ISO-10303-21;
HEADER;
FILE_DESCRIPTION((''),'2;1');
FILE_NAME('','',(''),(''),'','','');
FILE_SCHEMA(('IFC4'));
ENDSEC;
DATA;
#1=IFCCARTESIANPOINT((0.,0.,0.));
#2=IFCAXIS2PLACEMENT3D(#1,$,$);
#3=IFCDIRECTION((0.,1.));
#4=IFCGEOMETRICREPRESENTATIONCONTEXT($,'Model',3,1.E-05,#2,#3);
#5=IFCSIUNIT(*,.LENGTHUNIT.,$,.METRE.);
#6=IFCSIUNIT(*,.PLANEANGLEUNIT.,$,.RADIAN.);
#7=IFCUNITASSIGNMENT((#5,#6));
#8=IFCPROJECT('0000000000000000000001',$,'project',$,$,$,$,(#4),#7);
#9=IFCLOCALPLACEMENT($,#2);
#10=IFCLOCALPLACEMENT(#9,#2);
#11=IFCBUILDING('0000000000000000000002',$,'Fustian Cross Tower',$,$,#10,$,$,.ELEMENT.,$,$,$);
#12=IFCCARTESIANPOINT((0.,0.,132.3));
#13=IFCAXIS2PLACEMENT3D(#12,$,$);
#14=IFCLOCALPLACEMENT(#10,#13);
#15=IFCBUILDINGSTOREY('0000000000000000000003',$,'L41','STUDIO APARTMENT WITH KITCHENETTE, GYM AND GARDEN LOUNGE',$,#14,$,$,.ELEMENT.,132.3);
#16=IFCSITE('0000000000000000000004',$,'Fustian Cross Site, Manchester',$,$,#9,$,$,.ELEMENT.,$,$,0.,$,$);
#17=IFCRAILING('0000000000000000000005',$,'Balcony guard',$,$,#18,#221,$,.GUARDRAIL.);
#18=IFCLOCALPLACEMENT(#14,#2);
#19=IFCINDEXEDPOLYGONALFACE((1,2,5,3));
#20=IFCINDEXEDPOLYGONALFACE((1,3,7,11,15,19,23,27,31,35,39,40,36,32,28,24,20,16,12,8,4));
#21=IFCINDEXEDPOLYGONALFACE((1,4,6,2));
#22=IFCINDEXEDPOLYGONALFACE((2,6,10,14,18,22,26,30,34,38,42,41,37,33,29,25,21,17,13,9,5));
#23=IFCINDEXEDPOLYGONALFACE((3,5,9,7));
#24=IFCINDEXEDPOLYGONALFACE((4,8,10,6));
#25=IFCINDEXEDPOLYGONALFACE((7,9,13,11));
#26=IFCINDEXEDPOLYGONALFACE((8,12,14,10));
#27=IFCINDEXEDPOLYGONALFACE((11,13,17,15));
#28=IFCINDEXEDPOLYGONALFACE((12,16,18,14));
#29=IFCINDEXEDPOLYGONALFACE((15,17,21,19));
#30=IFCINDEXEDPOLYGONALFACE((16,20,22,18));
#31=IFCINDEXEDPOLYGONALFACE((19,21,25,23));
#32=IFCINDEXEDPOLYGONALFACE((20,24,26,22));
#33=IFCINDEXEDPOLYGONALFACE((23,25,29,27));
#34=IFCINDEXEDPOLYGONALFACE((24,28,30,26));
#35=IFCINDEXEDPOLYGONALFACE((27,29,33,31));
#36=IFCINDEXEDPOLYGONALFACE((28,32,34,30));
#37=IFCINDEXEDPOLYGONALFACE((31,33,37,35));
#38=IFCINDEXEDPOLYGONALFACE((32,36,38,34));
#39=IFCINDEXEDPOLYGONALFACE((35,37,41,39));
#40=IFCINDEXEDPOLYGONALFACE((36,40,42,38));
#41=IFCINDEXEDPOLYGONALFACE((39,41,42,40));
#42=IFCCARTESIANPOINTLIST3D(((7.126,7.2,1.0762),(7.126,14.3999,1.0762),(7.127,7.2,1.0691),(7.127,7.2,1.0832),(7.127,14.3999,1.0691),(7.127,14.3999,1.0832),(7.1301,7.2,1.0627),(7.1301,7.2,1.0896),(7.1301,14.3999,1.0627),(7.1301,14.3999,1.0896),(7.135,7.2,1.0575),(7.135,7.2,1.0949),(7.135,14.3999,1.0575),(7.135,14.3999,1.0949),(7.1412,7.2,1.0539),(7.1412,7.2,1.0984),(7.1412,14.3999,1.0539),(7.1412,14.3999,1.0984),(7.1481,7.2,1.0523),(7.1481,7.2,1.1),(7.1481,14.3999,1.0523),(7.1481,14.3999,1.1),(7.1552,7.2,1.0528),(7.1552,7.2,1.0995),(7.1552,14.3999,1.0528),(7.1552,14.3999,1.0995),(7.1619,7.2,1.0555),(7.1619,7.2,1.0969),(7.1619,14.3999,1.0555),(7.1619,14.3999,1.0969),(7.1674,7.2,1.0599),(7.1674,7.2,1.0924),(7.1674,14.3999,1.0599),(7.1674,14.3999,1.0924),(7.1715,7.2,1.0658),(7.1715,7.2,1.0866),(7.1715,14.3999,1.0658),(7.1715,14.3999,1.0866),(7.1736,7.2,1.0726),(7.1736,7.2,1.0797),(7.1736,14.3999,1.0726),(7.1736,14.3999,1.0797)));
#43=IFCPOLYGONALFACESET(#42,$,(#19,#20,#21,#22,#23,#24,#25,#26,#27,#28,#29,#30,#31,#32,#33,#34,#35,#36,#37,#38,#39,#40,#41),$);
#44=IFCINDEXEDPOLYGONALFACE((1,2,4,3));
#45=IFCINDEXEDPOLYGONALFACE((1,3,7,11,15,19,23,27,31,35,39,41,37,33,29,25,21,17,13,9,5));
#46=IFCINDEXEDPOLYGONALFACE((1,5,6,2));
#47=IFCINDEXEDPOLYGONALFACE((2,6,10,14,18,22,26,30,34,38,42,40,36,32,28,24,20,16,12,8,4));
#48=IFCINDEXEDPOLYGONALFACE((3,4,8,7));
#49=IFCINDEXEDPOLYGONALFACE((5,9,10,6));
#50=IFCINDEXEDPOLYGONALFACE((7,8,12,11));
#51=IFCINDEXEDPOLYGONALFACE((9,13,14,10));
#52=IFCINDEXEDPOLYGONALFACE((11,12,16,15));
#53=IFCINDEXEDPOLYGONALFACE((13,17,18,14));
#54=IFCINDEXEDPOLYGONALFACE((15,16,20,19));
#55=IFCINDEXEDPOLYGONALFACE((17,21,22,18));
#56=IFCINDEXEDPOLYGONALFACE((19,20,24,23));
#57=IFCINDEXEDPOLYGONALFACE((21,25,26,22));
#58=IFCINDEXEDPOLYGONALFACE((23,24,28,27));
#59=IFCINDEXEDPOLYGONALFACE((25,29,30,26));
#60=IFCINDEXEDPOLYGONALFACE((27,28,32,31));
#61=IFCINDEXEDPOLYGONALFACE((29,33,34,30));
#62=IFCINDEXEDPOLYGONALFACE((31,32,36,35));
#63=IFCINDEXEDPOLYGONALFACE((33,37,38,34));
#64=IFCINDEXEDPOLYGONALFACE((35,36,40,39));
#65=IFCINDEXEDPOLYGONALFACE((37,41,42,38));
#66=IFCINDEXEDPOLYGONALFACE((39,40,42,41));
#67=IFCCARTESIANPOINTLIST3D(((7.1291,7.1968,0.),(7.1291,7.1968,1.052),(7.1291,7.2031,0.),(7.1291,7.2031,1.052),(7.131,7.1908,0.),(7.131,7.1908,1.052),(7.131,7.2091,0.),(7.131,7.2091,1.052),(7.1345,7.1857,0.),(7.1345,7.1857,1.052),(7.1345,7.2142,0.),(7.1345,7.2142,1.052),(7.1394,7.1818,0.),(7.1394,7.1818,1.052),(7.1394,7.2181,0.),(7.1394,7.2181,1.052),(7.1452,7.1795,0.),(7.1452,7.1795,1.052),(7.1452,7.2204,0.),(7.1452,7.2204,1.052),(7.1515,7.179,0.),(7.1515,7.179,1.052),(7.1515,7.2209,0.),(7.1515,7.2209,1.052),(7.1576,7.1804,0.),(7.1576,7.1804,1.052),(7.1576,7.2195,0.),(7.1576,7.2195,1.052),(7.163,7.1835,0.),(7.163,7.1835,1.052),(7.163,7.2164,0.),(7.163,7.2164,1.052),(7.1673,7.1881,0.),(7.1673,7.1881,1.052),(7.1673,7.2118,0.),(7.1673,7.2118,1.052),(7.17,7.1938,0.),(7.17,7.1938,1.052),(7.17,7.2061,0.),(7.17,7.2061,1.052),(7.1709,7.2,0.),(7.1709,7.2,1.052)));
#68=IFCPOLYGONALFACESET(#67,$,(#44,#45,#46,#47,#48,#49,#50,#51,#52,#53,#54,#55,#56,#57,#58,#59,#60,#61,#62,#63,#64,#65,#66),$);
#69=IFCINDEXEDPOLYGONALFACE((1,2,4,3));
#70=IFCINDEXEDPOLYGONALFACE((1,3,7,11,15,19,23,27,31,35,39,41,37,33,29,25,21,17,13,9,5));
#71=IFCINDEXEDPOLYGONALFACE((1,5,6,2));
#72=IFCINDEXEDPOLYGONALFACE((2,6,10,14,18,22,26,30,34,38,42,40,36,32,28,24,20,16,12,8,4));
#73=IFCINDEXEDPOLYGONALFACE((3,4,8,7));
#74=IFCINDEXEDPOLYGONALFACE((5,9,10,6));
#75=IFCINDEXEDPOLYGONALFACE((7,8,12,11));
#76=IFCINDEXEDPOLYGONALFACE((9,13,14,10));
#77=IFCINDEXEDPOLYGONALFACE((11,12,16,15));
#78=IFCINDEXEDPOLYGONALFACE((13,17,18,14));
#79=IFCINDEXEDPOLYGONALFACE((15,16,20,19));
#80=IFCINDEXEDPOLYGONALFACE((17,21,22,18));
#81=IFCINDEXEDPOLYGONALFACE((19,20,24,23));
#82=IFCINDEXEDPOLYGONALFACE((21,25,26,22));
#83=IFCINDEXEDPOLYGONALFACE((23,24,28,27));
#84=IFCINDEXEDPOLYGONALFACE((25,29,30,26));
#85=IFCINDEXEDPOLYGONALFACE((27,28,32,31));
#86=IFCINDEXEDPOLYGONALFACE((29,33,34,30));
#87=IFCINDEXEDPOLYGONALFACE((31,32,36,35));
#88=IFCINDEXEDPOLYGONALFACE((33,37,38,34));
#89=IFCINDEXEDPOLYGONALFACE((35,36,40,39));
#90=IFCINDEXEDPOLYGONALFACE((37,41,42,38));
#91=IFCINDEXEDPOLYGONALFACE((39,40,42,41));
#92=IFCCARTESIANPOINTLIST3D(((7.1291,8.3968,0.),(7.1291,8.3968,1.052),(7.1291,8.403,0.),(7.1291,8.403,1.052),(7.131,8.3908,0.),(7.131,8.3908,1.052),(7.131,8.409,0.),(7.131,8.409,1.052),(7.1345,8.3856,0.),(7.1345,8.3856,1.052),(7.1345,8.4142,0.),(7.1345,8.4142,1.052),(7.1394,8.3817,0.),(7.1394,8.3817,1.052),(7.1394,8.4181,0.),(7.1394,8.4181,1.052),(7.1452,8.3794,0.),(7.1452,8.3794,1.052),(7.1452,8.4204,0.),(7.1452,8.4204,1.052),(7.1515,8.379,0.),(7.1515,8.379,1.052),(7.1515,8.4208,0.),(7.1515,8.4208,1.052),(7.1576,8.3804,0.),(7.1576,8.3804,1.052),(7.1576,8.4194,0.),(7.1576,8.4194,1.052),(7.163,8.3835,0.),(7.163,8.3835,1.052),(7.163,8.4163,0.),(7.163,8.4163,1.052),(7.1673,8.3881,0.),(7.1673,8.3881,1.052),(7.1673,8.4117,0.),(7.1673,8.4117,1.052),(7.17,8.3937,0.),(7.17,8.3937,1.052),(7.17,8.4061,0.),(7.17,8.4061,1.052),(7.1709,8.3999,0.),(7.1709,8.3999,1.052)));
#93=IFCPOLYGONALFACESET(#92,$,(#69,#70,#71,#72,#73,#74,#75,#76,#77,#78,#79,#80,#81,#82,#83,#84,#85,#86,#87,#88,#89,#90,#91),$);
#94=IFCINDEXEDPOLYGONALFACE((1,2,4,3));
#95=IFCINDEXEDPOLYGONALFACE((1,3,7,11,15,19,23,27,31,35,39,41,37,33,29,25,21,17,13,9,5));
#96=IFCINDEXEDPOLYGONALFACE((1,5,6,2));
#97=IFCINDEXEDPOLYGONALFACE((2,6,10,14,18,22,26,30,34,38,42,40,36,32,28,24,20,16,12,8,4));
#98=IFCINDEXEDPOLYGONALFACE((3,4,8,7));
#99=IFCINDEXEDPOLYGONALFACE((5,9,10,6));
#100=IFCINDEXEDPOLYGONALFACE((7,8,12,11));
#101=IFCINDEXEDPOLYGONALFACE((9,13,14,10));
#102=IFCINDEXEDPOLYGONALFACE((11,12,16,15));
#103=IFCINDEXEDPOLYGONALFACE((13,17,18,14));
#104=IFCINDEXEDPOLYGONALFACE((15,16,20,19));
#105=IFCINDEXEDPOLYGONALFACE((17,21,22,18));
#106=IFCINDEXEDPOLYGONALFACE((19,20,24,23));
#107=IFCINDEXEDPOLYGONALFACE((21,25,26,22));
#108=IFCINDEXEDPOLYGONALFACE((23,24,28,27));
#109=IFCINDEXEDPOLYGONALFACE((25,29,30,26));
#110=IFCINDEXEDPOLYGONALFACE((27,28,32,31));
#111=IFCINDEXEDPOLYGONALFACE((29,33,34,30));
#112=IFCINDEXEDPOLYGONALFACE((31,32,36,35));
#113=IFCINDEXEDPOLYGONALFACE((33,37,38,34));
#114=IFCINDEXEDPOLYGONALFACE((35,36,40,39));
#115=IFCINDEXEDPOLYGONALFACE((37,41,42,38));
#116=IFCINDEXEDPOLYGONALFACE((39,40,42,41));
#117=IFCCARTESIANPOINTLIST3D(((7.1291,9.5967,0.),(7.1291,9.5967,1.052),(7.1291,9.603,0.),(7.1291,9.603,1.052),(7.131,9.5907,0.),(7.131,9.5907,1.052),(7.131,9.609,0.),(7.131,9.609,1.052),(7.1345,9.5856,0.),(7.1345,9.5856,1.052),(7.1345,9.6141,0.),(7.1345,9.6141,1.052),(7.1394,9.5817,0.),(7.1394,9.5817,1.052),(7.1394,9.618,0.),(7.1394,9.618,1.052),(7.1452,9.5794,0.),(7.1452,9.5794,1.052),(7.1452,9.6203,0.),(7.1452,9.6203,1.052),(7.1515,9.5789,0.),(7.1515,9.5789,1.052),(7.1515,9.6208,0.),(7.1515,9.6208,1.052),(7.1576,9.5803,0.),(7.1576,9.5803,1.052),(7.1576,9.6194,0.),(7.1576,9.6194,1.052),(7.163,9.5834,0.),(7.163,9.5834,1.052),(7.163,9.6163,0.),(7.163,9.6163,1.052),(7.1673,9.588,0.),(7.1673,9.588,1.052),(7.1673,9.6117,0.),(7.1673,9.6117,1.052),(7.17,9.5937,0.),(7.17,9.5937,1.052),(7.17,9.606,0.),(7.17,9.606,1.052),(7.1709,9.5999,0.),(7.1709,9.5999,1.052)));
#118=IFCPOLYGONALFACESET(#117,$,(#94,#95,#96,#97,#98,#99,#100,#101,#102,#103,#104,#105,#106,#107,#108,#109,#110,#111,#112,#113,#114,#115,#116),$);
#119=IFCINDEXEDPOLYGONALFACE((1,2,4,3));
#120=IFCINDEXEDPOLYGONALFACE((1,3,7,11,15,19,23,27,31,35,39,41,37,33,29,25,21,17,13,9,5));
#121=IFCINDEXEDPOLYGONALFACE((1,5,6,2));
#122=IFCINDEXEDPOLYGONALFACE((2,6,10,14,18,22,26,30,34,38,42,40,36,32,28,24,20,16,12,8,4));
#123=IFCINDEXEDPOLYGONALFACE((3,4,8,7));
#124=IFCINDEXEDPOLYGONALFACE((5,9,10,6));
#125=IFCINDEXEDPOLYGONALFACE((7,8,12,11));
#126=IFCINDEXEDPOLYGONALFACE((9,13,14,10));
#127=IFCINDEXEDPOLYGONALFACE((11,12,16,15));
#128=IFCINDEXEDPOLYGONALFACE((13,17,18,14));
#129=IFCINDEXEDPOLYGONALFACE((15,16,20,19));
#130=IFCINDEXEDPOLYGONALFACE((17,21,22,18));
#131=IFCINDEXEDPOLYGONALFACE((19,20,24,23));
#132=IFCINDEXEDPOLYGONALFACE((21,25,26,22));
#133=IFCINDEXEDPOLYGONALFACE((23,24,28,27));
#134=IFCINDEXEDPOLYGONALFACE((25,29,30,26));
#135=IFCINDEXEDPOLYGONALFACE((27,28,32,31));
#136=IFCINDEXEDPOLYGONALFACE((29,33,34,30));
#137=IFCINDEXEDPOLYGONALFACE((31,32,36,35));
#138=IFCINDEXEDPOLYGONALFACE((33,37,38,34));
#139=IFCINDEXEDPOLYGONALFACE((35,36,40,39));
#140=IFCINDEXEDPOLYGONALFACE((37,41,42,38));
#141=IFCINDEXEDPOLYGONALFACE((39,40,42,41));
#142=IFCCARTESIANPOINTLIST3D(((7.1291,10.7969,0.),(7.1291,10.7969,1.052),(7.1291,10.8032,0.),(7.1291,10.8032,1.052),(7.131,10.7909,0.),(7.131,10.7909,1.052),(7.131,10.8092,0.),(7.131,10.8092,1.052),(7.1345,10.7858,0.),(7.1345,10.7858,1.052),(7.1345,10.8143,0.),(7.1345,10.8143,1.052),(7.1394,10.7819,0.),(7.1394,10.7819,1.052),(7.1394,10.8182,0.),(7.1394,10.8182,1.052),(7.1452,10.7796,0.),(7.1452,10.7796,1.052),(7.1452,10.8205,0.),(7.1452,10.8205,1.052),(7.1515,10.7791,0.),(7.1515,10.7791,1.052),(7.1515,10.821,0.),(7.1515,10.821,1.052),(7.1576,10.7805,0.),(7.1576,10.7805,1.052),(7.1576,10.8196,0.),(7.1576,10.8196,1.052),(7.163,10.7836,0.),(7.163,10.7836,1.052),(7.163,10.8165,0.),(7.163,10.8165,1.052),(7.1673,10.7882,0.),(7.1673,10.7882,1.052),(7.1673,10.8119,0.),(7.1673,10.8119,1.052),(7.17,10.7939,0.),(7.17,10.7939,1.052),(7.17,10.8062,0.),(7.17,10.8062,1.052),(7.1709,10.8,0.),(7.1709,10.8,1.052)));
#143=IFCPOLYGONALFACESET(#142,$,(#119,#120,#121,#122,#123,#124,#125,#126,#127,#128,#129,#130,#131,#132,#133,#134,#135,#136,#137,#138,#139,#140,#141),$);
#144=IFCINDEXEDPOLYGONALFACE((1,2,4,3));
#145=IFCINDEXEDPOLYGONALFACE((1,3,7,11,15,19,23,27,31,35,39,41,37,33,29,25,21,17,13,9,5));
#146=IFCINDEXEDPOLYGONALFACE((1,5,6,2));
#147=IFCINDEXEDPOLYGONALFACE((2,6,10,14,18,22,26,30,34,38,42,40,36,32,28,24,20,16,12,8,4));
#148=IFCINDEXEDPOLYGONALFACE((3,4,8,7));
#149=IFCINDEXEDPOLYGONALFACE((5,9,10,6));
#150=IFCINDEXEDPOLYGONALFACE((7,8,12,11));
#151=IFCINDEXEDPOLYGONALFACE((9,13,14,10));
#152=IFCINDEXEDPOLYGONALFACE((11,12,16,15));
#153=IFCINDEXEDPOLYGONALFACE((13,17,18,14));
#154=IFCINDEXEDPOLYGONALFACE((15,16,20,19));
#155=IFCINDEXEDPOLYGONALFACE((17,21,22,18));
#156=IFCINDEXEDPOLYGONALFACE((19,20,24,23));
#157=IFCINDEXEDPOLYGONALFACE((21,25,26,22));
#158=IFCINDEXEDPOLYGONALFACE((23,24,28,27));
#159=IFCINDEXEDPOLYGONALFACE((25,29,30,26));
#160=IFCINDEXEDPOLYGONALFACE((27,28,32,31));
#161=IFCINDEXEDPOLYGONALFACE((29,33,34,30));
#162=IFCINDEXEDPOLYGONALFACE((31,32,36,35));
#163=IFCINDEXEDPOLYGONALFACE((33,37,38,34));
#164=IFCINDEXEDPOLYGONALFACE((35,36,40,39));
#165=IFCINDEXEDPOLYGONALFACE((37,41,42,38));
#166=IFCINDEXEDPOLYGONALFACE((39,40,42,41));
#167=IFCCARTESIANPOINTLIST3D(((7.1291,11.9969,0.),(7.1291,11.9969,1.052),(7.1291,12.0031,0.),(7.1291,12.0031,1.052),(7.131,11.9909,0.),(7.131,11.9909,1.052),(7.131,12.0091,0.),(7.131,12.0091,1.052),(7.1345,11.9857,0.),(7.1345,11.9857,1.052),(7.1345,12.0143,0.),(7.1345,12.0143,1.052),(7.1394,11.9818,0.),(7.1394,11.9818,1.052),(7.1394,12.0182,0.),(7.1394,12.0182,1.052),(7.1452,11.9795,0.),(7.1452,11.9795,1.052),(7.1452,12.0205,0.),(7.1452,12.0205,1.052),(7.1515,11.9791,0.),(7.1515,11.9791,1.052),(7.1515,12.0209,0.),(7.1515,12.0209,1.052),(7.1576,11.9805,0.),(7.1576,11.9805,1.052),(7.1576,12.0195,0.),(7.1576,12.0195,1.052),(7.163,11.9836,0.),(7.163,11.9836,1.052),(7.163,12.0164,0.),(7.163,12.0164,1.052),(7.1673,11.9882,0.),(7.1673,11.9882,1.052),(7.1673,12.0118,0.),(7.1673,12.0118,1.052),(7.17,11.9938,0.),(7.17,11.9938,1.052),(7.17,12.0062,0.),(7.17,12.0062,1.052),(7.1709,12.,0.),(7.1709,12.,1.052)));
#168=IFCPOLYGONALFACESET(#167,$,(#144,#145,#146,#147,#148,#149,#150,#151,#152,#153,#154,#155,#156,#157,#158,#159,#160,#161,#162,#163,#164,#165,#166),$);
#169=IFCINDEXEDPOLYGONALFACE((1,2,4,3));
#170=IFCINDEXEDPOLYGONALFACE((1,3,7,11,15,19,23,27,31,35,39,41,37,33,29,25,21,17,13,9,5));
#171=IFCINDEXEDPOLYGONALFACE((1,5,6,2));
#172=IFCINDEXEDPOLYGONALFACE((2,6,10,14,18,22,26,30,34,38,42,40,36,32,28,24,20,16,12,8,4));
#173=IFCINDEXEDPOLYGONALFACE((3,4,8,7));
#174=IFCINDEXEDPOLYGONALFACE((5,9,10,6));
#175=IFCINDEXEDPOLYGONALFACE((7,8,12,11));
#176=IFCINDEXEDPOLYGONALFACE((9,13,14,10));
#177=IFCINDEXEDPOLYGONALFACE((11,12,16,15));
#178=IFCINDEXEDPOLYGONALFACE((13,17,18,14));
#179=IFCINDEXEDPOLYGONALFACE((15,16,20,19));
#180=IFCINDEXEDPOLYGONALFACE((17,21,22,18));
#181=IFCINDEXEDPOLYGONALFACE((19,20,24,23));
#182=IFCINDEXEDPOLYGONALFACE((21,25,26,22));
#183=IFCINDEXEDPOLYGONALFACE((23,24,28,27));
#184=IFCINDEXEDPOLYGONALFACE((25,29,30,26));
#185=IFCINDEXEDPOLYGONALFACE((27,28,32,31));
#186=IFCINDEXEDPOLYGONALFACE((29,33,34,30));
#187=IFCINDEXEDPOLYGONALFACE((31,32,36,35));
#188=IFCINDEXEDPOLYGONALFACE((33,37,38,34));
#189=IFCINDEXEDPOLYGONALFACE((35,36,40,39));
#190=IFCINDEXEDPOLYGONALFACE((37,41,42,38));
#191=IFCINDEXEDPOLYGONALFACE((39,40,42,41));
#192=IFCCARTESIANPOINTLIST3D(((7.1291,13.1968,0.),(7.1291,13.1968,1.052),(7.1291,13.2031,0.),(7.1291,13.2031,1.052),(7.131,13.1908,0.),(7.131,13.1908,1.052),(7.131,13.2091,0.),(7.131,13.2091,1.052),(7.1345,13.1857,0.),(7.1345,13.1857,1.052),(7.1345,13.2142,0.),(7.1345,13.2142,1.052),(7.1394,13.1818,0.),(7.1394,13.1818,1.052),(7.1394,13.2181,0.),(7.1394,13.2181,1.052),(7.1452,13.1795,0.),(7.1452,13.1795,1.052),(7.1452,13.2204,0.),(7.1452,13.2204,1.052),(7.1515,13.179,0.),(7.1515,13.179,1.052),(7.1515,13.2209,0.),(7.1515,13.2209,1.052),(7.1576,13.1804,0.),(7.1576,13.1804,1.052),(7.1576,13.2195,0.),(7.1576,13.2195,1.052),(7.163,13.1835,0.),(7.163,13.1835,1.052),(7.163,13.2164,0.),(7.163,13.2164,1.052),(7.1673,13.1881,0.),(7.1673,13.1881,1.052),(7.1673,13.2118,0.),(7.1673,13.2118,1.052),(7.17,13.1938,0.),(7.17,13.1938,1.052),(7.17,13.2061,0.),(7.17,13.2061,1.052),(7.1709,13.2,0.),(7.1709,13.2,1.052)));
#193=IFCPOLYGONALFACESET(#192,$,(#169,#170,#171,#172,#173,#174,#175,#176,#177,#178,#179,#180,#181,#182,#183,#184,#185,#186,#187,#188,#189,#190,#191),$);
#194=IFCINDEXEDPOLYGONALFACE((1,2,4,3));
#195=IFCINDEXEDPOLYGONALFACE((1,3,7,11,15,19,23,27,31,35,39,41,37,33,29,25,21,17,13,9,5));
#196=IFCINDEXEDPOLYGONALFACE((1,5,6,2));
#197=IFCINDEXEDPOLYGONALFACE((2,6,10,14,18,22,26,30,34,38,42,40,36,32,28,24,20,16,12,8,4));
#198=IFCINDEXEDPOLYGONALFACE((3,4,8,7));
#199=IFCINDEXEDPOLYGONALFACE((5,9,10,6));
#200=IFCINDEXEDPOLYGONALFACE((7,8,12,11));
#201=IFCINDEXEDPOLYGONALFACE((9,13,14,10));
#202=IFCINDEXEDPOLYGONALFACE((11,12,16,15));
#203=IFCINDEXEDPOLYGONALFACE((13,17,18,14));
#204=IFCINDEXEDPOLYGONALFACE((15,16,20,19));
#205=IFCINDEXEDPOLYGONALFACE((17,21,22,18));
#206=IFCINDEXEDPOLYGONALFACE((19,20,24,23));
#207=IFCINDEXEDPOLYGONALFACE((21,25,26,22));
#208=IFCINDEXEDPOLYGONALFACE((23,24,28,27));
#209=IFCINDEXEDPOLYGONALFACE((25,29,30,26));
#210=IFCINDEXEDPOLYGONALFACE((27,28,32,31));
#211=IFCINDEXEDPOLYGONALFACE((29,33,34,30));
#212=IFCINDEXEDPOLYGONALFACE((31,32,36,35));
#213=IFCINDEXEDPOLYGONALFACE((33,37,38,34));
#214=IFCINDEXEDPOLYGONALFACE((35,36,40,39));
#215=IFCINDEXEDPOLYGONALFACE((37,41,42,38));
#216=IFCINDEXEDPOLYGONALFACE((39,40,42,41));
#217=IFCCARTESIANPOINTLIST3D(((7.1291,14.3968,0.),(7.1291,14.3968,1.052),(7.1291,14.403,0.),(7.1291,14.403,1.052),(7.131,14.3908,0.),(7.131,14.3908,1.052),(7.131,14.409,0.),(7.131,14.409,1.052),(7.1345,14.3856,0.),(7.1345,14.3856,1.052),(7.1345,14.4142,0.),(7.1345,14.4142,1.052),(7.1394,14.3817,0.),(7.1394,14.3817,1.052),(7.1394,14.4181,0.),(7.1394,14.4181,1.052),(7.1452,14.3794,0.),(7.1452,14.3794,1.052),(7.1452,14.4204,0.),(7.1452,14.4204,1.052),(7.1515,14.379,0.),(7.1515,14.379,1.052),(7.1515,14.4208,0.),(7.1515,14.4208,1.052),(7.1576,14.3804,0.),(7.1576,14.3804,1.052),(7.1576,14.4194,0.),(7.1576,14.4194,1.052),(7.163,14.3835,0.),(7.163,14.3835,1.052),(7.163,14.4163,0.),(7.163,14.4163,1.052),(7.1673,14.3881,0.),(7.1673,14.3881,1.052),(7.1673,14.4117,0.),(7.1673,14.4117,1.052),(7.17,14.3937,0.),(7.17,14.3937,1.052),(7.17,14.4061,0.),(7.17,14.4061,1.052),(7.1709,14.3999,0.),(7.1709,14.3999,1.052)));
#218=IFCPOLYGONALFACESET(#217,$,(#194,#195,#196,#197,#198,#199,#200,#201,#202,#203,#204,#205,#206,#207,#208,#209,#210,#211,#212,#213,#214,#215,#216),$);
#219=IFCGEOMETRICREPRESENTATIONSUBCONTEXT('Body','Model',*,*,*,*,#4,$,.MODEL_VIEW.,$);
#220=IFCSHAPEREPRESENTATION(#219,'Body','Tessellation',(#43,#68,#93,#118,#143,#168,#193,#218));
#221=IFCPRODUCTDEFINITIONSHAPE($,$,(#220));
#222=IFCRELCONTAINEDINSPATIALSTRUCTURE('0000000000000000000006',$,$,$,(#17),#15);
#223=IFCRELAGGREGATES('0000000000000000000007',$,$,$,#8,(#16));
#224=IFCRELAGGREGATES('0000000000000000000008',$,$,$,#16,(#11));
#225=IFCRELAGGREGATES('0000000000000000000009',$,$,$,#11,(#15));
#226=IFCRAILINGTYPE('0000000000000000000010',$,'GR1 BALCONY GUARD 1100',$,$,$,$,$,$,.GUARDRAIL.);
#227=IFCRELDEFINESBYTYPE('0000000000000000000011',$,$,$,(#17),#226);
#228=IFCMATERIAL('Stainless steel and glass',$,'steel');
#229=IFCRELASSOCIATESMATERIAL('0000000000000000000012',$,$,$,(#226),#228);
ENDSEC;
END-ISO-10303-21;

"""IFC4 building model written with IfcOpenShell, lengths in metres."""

from ifc_helpers import new_model, si_unit, direction, frame, origin, origin_2d, place, context, subcontext, project, spatial, circle, extrude, material, type_object, element, save


model = new_model("IFC4")

# Units and contexts
model_context = context("Model", 3, precision=1e-05, world=origin(), true_north=direction((0.0, 1.0)))
body_context = subcontext(model_context, "Body", "Model", "MODEL_VIEW")
ifc_project = project(units=[si_unit("LENGTHUNIT", "METRE"), si_unit("PLANEANGLEUNIT", "RADIAN")], contexts=[model_context])

# Site, building, storey
site_placement = place(None, origin())
site = spatial("IfcSite", under=ifc_project, at=site_placement, Name="Fustian Cross Site, Manchester", CompositionType="ELEMENT", RefElevation=0.0)
building_placement = place(site_placement, origin())
building = spatial("IfcBuilding", under=site, at=building_placement, Name="Fustian Cross Tower", CompositionType="ELEMENT")
storey_placement = place(building_placement, frame((0.0, 0.0, 132.3)))
storey = spatial("IfcBuildingStorey", under=building, at=storey_placement, Name="L41", Description="STUDIO APARTMENT WITH KITCHENETTE, GYM AND GARDEN LOUNGE", CompositionType="ELEMENT", Elevation=132.3)

# Railing
ifc_material_1 = material(Name="Stainless steel and glass", Category="steel")
railing_type = type_object("IfcRailingType", Name="GR1 BALCONY GUARD 1100", PredefinedType="GUARDRAIL", material=ifc_material_1)
railing_placement = place(storey_placement, frame((7.1499, 7.2, 0.0)))
element("IfcRailing", 1, at=railing_placement, inside=storey, type_object=railing_type, Name="Balcony guard", PredefinedType="GUARDRAIL", context=body_context, shape_type="SweptSolid", body=[
    extrude(circle(Radius=0.0239, at=origin_2d()), frame((0.0, 0.0, 1.0762), z_axis=(0.0, 1.0, 0.0), x_axis=(-1.0, 0.0, 0.0)), (0.0, 0.0, 1.0), 7.2),
    extrude(circle(Radius=0.021, at=origin_2d()), origin(), (0.0, 0.0, 1.0), 1.052),
    extrude(circle(Radius=0.021, at=origin_2d()), frame((0.0, 1.2, 0.0)), (0.0, 0.0, 1.0), 1.052),
    extrude(circle(Radius=0.021, at=origin_2d()), frame((0.0, 2.3999, 0.0)), (0.0, 0.0, 1.0), 1.052),
    extrude(circle(Radius=0.021, at=origin_2d()), frame((0.0, 3.6001, 0.0)), (0.0, 0.0, 1.0), 1.052),
    extrude(circle(Radius=0.021, at=origin_2d()), frame((0.0, 4.8, 0.0)), (0.0, 0.0, 1.0), 1.052),
    extrude(circle(Radius=0.021, at=origin_2d()), frame((0.0, 6.0, 0.0)), (0.0, 0.0, 1.0), 1.052),
    extrude(circle(Radius=0.021, at=origin_2d()), frame((0.0, 7.2, 0.0)), (0.0, 0.0, 1.0), 1.052),
])

save(model, "model.ifc")
